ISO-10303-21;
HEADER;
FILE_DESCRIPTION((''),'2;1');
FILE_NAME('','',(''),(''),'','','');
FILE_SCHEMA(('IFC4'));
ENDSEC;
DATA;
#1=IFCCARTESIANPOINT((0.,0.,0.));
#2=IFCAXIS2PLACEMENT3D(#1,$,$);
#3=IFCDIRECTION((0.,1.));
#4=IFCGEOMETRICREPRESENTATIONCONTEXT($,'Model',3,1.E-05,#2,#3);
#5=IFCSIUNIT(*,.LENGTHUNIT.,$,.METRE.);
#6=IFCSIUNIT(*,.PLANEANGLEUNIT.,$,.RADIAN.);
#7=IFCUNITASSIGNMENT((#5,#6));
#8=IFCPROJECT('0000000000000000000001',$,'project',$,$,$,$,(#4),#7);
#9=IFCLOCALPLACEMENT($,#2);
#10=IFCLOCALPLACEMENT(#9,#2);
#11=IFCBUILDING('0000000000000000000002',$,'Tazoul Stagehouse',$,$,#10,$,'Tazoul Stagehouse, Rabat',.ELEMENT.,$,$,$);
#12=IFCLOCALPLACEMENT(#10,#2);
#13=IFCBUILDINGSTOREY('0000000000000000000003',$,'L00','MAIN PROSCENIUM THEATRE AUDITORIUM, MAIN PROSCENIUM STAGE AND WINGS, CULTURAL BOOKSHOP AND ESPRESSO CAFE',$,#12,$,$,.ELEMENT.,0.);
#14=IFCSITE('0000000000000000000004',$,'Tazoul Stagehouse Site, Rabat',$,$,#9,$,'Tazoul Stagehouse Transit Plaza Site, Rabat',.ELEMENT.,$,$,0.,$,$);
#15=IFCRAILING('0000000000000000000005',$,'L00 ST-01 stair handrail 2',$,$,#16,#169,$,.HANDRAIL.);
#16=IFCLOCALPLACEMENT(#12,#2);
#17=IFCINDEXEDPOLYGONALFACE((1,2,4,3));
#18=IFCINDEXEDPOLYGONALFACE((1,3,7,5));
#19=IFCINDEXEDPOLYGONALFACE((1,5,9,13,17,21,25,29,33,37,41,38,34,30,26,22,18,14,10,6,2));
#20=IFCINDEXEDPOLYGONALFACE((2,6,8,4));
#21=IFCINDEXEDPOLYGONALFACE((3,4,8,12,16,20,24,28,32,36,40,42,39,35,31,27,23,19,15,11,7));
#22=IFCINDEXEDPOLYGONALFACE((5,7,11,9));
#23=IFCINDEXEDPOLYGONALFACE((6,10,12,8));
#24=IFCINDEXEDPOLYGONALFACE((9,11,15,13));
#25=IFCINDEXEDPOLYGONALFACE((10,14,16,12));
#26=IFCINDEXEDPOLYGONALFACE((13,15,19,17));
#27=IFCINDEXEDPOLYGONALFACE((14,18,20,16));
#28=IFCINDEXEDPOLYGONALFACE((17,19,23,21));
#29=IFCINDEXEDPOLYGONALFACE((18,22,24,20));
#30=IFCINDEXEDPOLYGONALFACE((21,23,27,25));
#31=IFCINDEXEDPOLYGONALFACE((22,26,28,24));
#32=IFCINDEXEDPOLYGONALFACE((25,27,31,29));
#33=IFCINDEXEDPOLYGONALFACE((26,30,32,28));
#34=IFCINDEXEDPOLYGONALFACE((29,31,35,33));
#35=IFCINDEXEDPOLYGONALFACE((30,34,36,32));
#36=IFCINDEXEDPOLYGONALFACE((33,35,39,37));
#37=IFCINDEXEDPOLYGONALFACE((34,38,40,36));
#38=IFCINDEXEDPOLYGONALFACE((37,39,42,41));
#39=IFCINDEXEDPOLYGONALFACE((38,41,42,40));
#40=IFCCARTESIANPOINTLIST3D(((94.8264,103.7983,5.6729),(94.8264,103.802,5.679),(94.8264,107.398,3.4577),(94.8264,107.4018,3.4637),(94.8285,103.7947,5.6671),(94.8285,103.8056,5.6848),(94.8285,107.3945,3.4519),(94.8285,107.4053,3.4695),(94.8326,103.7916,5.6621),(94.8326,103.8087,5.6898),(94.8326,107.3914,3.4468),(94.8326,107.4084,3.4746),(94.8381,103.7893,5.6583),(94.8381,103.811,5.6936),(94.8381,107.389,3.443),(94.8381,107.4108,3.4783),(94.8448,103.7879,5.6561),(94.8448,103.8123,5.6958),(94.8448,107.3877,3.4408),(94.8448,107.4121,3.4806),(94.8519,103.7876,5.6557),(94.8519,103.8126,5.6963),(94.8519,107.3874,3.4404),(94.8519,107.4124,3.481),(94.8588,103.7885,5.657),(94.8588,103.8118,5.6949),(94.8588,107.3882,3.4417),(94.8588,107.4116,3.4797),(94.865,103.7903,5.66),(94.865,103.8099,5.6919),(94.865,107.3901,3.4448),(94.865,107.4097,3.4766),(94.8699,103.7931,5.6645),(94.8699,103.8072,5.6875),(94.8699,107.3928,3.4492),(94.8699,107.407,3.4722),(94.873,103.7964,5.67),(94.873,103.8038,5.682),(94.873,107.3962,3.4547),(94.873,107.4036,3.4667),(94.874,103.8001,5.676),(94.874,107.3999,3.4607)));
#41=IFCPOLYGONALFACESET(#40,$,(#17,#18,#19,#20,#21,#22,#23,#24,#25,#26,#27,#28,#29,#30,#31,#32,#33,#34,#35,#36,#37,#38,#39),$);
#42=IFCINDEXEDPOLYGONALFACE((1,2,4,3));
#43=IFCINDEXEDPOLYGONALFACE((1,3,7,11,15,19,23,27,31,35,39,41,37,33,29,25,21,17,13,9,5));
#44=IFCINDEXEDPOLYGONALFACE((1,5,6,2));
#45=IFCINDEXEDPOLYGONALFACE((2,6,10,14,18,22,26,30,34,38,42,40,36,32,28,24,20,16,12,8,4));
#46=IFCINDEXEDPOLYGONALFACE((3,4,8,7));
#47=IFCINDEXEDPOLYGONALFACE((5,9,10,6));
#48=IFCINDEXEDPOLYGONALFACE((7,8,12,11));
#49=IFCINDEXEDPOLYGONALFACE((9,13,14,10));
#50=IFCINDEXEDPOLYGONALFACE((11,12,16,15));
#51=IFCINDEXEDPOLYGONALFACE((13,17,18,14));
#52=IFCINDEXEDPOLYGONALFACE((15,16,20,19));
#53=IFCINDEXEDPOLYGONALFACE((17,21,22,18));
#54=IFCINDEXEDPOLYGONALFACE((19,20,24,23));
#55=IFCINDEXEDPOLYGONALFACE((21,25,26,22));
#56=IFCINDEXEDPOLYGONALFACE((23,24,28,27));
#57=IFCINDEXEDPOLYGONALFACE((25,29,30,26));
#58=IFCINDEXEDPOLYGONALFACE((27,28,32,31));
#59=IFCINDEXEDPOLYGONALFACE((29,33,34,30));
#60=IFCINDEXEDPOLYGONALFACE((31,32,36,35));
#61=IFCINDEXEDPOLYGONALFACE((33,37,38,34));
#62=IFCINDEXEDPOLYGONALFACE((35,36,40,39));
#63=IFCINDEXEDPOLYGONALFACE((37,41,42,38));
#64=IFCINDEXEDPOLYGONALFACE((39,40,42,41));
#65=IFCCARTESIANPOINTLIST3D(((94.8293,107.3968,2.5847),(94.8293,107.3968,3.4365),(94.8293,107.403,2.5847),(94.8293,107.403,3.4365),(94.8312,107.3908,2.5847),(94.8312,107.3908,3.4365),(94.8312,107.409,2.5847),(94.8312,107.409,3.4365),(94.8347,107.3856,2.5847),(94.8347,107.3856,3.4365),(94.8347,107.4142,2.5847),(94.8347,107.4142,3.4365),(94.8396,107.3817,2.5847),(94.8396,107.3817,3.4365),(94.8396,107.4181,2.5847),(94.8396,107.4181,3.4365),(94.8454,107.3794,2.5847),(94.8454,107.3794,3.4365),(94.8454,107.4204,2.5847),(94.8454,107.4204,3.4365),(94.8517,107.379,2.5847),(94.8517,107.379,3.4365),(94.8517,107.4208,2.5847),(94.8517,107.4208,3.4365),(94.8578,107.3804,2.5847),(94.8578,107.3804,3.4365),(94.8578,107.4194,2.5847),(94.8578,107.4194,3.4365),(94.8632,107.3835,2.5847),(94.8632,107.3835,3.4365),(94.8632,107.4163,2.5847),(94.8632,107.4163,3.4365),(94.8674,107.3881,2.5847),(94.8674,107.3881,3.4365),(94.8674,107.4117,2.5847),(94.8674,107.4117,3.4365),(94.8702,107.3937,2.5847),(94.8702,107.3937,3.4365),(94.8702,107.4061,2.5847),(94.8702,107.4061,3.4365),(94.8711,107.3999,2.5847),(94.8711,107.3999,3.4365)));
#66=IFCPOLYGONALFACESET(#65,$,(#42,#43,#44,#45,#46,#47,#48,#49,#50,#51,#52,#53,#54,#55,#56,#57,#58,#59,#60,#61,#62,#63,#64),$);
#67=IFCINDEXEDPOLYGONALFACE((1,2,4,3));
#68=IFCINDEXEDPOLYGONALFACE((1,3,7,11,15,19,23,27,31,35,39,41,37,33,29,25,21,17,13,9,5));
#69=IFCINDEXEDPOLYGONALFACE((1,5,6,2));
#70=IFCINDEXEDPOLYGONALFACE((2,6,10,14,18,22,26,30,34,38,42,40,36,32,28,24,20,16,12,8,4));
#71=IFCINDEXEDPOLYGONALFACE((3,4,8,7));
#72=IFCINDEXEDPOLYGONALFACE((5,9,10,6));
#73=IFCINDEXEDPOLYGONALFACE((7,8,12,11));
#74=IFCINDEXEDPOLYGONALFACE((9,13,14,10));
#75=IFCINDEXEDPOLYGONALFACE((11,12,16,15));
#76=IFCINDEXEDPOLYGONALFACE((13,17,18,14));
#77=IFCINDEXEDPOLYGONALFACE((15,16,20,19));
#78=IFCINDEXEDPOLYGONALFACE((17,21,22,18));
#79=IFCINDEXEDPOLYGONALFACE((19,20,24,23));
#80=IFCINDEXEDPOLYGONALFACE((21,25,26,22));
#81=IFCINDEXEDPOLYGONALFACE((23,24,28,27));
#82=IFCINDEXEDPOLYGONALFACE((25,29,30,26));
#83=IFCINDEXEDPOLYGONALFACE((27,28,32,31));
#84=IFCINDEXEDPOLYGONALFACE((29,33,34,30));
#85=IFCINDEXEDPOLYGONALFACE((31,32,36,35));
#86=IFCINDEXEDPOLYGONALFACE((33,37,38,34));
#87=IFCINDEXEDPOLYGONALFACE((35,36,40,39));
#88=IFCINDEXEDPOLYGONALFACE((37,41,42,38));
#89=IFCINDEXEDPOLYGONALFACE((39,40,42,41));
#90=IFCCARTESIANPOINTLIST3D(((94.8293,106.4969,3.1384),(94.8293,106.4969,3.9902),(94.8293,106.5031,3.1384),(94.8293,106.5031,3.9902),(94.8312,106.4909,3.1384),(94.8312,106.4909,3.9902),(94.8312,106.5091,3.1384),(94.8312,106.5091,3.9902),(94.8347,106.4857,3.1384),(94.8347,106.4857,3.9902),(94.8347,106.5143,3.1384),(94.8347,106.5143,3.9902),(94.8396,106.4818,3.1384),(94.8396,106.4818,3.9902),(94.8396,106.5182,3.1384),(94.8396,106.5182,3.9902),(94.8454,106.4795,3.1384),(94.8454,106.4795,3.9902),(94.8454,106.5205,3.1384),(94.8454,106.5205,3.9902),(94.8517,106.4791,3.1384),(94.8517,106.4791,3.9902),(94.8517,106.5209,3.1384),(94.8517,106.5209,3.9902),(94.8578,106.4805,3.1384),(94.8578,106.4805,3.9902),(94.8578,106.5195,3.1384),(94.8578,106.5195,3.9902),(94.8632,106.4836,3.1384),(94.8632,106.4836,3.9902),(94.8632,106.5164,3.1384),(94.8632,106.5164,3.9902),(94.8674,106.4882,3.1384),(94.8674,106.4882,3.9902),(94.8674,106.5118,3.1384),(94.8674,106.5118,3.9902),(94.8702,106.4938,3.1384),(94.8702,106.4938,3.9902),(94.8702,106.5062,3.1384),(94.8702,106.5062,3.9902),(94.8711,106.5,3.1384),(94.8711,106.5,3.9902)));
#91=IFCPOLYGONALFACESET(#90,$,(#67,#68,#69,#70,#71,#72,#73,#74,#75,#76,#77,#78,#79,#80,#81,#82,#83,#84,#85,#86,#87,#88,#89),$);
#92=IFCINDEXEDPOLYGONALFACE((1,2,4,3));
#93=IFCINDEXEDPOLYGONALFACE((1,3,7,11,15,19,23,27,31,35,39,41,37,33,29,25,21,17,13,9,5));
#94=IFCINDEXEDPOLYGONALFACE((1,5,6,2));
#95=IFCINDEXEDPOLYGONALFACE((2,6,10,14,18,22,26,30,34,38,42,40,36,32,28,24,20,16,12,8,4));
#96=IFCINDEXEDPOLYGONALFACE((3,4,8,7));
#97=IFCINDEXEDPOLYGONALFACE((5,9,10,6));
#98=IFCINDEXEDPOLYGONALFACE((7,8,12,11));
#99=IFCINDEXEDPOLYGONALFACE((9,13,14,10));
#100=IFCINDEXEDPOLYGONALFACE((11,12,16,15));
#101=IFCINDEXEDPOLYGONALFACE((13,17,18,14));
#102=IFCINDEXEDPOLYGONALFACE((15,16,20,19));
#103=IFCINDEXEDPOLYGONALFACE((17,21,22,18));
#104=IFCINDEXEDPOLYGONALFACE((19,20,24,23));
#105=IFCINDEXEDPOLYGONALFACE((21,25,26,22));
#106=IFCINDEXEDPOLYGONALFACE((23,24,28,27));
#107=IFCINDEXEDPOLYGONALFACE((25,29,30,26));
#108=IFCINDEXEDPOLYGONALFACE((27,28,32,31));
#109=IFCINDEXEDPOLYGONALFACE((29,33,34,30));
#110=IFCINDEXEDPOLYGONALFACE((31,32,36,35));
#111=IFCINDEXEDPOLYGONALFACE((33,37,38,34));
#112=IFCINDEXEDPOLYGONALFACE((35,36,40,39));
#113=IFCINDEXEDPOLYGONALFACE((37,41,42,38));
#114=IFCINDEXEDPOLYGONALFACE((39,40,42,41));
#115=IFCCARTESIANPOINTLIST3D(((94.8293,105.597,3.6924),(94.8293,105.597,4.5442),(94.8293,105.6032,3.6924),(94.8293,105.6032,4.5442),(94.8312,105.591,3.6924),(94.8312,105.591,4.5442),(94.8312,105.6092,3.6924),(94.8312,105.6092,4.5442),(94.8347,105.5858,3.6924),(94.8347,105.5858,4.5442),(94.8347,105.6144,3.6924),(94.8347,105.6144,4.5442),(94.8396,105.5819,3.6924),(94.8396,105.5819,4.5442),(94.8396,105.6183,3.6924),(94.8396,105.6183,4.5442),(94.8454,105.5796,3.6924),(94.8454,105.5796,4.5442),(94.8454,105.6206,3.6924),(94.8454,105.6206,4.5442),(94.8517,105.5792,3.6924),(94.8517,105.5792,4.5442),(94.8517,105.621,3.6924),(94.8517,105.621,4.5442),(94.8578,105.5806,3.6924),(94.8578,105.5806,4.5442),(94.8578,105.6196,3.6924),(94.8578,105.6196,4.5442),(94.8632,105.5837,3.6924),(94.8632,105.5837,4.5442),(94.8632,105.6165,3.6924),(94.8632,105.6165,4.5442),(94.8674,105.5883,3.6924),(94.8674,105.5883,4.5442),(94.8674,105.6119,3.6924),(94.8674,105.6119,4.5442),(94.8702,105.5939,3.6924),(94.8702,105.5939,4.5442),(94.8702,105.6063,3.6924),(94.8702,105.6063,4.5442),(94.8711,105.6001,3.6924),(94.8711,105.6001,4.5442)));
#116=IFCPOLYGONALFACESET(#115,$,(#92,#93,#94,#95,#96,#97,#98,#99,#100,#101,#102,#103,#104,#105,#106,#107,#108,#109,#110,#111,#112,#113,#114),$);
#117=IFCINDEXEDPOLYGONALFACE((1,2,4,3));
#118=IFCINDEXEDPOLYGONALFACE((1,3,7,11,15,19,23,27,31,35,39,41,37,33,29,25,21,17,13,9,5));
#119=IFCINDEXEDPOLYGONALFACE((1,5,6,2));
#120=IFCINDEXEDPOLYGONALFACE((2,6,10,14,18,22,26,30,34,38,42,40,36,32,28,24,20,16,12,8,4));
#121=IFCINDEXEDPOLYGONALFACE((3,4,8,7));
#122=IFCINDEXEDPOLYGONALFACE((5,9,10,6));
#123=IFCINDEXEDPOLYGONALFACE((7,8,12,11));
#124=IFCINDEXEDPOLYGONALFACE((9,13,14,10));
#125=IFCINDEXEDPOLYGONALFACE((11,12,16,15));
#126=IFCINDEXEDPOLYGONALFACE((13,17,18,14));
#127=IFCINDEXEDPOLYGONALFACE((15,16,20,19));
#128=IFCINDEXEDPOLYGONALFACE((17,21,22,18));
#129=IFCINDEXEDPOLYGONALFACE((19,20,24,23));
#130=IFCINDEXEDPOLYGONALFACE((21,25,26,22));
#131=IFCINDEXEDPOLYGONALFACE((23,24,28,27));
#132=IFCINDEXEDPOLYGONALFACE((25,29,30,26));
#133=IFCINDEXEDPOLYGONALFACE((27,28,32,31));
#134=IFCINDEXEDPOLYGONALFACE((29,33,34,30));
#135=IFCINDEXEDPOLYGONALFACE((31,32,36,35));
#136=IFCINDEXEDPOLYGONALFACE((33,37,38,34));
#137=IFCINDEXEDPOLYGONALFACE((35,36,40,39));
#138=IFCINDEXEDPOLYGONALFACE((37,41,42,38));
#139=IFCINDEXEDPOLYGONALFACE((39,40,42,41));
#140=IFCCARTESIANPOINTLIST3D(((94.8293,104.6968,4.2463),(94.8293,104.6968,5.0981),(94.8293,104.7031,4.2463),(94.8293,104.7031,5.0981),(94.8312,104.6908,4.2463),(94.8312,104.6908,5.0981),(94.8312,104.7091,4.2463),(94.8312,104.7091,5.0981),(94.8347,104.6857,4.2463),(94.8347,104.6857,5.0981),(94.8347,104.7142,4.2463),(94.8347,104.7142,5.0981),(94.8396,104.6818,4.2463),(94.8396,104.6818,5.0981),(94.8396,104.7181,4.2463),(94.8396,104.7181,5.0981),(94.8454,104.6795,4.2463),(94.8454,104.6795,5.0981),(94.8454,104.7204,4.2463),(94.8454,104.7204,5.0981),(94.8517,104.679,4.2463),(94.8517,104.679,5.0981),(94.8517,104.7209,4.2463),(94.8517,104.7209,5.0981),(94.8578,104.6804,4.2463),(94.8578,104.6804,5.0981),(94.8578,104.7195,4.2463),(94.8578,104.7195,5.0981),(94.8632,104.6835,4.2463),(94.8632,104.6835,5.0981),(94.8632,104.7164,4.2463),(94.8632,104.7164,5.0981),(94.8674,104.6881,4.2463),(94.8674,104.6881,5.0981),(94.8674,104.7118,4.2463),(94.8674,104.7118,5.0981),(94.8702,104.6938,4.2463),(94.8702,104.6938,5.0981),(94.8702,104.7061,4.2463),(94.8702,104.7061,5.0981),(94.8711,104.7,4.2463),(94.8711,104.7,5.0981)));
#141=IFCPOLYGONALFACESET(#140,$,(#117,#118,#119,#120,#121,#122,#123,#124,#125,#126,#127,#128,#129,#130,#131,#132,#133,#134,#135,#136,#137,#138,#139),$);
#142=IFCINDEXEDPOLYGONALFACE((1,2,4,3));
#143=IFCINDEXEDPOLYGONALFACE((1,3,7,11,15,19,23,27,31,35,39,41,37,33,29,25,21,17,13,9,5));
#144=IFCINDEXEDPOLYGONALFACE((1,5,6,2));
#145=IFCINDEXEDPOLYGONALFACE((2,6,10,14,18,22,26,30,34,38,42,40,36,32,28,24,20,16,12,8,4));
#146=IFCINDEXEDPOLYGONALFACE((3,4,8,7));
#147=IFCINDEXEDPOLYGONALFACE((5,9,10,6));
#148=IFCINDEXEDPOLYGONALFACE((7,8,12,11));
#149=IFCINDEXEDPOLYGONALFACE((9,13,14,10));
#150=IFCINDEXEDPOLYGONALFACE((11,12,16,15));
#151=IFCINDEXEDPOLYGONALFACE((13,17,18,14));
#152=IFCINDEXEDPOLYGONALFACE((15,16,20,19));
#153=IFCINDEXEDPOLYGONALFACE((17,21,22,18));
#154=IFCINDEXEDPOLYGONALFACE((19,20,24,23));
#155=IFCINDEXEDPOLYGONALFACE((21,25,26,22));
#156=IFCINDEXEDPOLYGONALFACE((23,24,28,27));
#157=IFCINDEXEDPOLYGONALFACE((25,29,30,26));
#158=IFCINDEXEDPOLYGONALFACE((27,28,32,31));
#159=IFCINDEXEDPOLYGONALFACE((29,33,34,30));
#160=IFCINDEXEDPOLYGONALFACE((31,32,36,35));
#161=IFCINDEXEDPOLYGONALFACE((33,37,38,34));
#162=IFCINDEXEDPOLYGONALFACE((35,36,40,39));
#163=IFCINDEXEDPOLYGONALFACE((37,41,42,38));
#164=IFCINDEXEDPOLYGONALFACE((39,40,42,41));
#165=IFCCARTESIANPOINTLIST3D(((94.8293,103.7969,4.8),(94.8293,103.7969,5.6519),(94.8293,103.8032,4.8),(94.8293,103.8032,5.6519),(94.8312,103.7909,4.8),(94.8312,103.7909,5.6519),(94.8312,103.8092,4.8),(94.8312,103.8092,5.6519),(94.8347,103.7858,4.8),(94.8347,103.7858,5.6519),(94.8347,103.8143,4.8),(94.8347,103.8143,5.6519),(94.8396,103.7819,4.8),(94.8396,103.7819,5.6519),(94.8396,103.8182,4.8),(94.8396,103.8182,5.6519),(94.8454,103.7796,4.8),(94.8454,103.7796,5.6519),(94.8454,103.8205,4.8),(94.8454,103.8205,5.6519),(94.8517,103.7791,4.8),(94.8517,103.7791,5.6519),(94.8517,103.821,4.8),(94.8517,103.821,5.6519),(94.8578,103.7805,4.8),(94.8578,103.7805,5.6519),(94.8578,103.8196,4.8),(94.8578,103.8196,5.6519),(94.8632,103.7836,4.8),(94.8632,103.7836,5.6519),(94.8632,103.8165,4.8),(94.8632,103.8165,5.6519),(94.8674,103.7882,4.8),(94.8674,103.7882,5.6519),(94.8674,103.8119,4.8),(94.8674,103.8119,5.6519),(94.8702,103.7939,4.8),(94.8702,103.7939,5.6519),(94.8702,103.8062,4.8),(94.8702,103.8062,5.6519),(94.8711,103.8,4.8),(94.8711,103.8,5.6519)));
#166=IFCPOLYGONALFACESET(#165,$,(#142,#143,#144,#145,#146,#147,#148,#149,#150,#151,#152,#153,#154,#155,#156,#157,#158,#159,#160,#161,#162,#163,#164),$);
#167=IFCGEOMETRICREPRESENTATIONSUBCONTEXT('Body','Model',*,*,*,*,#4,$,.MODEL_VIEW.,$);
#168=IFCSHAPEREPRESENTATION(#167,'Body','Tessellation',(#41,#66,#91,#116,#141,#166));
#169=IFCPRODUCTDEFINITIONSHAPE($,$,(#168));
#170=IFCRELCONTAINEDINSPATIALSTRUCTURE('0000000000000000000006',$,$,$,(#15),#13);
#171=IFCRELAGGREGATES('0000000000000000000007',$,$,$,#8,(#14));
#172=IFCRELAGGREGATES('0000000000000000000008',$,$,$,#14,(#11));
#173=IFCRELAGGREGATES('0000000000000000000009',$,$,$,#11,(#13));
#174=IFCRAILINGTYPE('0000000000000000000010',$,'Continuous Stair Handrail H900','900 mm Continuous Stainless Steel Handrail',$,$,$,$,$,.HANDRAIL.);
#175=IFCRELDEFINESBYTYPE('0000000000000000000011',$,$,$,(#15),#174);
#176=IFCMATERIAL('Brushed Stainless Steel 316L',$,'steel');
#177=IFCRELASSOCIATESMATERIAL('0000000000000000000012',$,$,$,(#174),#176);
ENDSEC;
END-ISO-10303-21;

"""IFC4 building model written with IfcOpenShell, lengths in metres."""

from ifc_helpers import new_model, si_unit, direction, frame, origin, origin_2d, place, context, subcontext, project, spatial, circle, extrude, material, material_profile, profile_set, type_object, element, save


model = new_model("IFC4")

# Units and contexts
model_context = context("Model", 3, precision=1e-05, world=origin(), true_north=direction((0.0, 1.0)))
body_context = subcontext(model_context, "Body", "Model", "MODEL_VIEW")
ifc_project = project(units=[si_unit("LENGTHUNIT", "METRE"), si_unit("PLANEANGLEUNIT", "RADIAN")], contexts=[model_context])

# Site, building, storey
site_placement = place(None, origin())
site = spatial("IfcSite", under=ifc_project, at=site_placement, Name="Tazoul Stagehouse Site, Rabat", LongName="Tazoul Stagehouse Transit Plaza Site, Rabat", CompositionType="ELEMENT", RefElevation=0.0)
building_placement = place(site_placement, origin())
building = spatial("IfcBuilding", under=site, at=building_placement, Name="Tazoul Stagehouse", LongName="Tazoul Stagehouse, Rabat", CompositionType="ELEMENT")
storey_placement = place(building_placement, origin())
storey = spatial("IfcBuildingStorey", under=building, at=storey_placement, Name="L00", Description="MAIN PROSCENIUM THEATRE AUDITORIUM, MAIN PROSCENIUM STAGE AND WINGS, CULTURAL BOOKSHOP AND ESPRESSO CAFE", CompositionType="ELEMENT", Elevation=0.0)

# Railing
ifc_material_1 = material(Name="Brushed Stainless Steel 316L", Category="steel")
ifc_material_profile_1 = material_profile(ifc_material_1, circle(Radius=0.021, at=origin_2d()), Name="SS HANDRAIL D42")
ifc_profile_set_1 = profile_set([ifc_material_profile_1], Name="Brushed Stainless Steel 316L")
railing_type_1 = type_object("IfcRailingType", Name="Continuous Stair Handrail H900", Description="900 mm Continuous Stainless Steel Handrail", PredefinedType="HANDRAIL", material=ifc_profile_set_1)
railing_1_placement = place(storey_placement, frame((94.8501, 107.3999, 2.5847)))
element("IfcRailing", 1, at=railing_1_placement, inside=storey, type_object=railing_type_1, Name="L00 ST-01 stair handrail 2", PredefinedType="HANDRAIL", context=body_context, shape_type="SweptSolid", body=[
    extrude(circle(Radius=0.0239, at=origin_2d()), frame((0.0, 0.0, 0.876), z_axis=(0.0, -0.851654, 0.524104), x_axis=(1.0, 0.0, 0.0)), (0.0, 0.0, 1.0), 4.2268),
    extrude(circle(Radius=0.021, at=origin_2d()), origin(), (0.0, 0.0, 1.0), 0.8518),
    extrude(circle(Radius=0.021, at=origin_2d()), frame((0.0, -0.8999, 0.5537)), (0.0, 0.0, 1.0), 0.8518),
    extrude(circle(Radius=0.021, at=origin_2d()), frame((0.0, -1.7998, 1.1077)), (0.0, 0.0, 1.0), 0.8518),
    extrude(circle(Radius=0.021, at=origin_2d()), frame((0.0, -2.7, 1.6616)), (0.0, 0.0, 1.0), 0.8518),
    extrude(circle(Radius=0.021, at=origin_2d()), frame((0.0, -3.5999, 2.2153)), (0.0, 0.0, 1.0), 0.8518),
])

save(model, "model.ifc")
